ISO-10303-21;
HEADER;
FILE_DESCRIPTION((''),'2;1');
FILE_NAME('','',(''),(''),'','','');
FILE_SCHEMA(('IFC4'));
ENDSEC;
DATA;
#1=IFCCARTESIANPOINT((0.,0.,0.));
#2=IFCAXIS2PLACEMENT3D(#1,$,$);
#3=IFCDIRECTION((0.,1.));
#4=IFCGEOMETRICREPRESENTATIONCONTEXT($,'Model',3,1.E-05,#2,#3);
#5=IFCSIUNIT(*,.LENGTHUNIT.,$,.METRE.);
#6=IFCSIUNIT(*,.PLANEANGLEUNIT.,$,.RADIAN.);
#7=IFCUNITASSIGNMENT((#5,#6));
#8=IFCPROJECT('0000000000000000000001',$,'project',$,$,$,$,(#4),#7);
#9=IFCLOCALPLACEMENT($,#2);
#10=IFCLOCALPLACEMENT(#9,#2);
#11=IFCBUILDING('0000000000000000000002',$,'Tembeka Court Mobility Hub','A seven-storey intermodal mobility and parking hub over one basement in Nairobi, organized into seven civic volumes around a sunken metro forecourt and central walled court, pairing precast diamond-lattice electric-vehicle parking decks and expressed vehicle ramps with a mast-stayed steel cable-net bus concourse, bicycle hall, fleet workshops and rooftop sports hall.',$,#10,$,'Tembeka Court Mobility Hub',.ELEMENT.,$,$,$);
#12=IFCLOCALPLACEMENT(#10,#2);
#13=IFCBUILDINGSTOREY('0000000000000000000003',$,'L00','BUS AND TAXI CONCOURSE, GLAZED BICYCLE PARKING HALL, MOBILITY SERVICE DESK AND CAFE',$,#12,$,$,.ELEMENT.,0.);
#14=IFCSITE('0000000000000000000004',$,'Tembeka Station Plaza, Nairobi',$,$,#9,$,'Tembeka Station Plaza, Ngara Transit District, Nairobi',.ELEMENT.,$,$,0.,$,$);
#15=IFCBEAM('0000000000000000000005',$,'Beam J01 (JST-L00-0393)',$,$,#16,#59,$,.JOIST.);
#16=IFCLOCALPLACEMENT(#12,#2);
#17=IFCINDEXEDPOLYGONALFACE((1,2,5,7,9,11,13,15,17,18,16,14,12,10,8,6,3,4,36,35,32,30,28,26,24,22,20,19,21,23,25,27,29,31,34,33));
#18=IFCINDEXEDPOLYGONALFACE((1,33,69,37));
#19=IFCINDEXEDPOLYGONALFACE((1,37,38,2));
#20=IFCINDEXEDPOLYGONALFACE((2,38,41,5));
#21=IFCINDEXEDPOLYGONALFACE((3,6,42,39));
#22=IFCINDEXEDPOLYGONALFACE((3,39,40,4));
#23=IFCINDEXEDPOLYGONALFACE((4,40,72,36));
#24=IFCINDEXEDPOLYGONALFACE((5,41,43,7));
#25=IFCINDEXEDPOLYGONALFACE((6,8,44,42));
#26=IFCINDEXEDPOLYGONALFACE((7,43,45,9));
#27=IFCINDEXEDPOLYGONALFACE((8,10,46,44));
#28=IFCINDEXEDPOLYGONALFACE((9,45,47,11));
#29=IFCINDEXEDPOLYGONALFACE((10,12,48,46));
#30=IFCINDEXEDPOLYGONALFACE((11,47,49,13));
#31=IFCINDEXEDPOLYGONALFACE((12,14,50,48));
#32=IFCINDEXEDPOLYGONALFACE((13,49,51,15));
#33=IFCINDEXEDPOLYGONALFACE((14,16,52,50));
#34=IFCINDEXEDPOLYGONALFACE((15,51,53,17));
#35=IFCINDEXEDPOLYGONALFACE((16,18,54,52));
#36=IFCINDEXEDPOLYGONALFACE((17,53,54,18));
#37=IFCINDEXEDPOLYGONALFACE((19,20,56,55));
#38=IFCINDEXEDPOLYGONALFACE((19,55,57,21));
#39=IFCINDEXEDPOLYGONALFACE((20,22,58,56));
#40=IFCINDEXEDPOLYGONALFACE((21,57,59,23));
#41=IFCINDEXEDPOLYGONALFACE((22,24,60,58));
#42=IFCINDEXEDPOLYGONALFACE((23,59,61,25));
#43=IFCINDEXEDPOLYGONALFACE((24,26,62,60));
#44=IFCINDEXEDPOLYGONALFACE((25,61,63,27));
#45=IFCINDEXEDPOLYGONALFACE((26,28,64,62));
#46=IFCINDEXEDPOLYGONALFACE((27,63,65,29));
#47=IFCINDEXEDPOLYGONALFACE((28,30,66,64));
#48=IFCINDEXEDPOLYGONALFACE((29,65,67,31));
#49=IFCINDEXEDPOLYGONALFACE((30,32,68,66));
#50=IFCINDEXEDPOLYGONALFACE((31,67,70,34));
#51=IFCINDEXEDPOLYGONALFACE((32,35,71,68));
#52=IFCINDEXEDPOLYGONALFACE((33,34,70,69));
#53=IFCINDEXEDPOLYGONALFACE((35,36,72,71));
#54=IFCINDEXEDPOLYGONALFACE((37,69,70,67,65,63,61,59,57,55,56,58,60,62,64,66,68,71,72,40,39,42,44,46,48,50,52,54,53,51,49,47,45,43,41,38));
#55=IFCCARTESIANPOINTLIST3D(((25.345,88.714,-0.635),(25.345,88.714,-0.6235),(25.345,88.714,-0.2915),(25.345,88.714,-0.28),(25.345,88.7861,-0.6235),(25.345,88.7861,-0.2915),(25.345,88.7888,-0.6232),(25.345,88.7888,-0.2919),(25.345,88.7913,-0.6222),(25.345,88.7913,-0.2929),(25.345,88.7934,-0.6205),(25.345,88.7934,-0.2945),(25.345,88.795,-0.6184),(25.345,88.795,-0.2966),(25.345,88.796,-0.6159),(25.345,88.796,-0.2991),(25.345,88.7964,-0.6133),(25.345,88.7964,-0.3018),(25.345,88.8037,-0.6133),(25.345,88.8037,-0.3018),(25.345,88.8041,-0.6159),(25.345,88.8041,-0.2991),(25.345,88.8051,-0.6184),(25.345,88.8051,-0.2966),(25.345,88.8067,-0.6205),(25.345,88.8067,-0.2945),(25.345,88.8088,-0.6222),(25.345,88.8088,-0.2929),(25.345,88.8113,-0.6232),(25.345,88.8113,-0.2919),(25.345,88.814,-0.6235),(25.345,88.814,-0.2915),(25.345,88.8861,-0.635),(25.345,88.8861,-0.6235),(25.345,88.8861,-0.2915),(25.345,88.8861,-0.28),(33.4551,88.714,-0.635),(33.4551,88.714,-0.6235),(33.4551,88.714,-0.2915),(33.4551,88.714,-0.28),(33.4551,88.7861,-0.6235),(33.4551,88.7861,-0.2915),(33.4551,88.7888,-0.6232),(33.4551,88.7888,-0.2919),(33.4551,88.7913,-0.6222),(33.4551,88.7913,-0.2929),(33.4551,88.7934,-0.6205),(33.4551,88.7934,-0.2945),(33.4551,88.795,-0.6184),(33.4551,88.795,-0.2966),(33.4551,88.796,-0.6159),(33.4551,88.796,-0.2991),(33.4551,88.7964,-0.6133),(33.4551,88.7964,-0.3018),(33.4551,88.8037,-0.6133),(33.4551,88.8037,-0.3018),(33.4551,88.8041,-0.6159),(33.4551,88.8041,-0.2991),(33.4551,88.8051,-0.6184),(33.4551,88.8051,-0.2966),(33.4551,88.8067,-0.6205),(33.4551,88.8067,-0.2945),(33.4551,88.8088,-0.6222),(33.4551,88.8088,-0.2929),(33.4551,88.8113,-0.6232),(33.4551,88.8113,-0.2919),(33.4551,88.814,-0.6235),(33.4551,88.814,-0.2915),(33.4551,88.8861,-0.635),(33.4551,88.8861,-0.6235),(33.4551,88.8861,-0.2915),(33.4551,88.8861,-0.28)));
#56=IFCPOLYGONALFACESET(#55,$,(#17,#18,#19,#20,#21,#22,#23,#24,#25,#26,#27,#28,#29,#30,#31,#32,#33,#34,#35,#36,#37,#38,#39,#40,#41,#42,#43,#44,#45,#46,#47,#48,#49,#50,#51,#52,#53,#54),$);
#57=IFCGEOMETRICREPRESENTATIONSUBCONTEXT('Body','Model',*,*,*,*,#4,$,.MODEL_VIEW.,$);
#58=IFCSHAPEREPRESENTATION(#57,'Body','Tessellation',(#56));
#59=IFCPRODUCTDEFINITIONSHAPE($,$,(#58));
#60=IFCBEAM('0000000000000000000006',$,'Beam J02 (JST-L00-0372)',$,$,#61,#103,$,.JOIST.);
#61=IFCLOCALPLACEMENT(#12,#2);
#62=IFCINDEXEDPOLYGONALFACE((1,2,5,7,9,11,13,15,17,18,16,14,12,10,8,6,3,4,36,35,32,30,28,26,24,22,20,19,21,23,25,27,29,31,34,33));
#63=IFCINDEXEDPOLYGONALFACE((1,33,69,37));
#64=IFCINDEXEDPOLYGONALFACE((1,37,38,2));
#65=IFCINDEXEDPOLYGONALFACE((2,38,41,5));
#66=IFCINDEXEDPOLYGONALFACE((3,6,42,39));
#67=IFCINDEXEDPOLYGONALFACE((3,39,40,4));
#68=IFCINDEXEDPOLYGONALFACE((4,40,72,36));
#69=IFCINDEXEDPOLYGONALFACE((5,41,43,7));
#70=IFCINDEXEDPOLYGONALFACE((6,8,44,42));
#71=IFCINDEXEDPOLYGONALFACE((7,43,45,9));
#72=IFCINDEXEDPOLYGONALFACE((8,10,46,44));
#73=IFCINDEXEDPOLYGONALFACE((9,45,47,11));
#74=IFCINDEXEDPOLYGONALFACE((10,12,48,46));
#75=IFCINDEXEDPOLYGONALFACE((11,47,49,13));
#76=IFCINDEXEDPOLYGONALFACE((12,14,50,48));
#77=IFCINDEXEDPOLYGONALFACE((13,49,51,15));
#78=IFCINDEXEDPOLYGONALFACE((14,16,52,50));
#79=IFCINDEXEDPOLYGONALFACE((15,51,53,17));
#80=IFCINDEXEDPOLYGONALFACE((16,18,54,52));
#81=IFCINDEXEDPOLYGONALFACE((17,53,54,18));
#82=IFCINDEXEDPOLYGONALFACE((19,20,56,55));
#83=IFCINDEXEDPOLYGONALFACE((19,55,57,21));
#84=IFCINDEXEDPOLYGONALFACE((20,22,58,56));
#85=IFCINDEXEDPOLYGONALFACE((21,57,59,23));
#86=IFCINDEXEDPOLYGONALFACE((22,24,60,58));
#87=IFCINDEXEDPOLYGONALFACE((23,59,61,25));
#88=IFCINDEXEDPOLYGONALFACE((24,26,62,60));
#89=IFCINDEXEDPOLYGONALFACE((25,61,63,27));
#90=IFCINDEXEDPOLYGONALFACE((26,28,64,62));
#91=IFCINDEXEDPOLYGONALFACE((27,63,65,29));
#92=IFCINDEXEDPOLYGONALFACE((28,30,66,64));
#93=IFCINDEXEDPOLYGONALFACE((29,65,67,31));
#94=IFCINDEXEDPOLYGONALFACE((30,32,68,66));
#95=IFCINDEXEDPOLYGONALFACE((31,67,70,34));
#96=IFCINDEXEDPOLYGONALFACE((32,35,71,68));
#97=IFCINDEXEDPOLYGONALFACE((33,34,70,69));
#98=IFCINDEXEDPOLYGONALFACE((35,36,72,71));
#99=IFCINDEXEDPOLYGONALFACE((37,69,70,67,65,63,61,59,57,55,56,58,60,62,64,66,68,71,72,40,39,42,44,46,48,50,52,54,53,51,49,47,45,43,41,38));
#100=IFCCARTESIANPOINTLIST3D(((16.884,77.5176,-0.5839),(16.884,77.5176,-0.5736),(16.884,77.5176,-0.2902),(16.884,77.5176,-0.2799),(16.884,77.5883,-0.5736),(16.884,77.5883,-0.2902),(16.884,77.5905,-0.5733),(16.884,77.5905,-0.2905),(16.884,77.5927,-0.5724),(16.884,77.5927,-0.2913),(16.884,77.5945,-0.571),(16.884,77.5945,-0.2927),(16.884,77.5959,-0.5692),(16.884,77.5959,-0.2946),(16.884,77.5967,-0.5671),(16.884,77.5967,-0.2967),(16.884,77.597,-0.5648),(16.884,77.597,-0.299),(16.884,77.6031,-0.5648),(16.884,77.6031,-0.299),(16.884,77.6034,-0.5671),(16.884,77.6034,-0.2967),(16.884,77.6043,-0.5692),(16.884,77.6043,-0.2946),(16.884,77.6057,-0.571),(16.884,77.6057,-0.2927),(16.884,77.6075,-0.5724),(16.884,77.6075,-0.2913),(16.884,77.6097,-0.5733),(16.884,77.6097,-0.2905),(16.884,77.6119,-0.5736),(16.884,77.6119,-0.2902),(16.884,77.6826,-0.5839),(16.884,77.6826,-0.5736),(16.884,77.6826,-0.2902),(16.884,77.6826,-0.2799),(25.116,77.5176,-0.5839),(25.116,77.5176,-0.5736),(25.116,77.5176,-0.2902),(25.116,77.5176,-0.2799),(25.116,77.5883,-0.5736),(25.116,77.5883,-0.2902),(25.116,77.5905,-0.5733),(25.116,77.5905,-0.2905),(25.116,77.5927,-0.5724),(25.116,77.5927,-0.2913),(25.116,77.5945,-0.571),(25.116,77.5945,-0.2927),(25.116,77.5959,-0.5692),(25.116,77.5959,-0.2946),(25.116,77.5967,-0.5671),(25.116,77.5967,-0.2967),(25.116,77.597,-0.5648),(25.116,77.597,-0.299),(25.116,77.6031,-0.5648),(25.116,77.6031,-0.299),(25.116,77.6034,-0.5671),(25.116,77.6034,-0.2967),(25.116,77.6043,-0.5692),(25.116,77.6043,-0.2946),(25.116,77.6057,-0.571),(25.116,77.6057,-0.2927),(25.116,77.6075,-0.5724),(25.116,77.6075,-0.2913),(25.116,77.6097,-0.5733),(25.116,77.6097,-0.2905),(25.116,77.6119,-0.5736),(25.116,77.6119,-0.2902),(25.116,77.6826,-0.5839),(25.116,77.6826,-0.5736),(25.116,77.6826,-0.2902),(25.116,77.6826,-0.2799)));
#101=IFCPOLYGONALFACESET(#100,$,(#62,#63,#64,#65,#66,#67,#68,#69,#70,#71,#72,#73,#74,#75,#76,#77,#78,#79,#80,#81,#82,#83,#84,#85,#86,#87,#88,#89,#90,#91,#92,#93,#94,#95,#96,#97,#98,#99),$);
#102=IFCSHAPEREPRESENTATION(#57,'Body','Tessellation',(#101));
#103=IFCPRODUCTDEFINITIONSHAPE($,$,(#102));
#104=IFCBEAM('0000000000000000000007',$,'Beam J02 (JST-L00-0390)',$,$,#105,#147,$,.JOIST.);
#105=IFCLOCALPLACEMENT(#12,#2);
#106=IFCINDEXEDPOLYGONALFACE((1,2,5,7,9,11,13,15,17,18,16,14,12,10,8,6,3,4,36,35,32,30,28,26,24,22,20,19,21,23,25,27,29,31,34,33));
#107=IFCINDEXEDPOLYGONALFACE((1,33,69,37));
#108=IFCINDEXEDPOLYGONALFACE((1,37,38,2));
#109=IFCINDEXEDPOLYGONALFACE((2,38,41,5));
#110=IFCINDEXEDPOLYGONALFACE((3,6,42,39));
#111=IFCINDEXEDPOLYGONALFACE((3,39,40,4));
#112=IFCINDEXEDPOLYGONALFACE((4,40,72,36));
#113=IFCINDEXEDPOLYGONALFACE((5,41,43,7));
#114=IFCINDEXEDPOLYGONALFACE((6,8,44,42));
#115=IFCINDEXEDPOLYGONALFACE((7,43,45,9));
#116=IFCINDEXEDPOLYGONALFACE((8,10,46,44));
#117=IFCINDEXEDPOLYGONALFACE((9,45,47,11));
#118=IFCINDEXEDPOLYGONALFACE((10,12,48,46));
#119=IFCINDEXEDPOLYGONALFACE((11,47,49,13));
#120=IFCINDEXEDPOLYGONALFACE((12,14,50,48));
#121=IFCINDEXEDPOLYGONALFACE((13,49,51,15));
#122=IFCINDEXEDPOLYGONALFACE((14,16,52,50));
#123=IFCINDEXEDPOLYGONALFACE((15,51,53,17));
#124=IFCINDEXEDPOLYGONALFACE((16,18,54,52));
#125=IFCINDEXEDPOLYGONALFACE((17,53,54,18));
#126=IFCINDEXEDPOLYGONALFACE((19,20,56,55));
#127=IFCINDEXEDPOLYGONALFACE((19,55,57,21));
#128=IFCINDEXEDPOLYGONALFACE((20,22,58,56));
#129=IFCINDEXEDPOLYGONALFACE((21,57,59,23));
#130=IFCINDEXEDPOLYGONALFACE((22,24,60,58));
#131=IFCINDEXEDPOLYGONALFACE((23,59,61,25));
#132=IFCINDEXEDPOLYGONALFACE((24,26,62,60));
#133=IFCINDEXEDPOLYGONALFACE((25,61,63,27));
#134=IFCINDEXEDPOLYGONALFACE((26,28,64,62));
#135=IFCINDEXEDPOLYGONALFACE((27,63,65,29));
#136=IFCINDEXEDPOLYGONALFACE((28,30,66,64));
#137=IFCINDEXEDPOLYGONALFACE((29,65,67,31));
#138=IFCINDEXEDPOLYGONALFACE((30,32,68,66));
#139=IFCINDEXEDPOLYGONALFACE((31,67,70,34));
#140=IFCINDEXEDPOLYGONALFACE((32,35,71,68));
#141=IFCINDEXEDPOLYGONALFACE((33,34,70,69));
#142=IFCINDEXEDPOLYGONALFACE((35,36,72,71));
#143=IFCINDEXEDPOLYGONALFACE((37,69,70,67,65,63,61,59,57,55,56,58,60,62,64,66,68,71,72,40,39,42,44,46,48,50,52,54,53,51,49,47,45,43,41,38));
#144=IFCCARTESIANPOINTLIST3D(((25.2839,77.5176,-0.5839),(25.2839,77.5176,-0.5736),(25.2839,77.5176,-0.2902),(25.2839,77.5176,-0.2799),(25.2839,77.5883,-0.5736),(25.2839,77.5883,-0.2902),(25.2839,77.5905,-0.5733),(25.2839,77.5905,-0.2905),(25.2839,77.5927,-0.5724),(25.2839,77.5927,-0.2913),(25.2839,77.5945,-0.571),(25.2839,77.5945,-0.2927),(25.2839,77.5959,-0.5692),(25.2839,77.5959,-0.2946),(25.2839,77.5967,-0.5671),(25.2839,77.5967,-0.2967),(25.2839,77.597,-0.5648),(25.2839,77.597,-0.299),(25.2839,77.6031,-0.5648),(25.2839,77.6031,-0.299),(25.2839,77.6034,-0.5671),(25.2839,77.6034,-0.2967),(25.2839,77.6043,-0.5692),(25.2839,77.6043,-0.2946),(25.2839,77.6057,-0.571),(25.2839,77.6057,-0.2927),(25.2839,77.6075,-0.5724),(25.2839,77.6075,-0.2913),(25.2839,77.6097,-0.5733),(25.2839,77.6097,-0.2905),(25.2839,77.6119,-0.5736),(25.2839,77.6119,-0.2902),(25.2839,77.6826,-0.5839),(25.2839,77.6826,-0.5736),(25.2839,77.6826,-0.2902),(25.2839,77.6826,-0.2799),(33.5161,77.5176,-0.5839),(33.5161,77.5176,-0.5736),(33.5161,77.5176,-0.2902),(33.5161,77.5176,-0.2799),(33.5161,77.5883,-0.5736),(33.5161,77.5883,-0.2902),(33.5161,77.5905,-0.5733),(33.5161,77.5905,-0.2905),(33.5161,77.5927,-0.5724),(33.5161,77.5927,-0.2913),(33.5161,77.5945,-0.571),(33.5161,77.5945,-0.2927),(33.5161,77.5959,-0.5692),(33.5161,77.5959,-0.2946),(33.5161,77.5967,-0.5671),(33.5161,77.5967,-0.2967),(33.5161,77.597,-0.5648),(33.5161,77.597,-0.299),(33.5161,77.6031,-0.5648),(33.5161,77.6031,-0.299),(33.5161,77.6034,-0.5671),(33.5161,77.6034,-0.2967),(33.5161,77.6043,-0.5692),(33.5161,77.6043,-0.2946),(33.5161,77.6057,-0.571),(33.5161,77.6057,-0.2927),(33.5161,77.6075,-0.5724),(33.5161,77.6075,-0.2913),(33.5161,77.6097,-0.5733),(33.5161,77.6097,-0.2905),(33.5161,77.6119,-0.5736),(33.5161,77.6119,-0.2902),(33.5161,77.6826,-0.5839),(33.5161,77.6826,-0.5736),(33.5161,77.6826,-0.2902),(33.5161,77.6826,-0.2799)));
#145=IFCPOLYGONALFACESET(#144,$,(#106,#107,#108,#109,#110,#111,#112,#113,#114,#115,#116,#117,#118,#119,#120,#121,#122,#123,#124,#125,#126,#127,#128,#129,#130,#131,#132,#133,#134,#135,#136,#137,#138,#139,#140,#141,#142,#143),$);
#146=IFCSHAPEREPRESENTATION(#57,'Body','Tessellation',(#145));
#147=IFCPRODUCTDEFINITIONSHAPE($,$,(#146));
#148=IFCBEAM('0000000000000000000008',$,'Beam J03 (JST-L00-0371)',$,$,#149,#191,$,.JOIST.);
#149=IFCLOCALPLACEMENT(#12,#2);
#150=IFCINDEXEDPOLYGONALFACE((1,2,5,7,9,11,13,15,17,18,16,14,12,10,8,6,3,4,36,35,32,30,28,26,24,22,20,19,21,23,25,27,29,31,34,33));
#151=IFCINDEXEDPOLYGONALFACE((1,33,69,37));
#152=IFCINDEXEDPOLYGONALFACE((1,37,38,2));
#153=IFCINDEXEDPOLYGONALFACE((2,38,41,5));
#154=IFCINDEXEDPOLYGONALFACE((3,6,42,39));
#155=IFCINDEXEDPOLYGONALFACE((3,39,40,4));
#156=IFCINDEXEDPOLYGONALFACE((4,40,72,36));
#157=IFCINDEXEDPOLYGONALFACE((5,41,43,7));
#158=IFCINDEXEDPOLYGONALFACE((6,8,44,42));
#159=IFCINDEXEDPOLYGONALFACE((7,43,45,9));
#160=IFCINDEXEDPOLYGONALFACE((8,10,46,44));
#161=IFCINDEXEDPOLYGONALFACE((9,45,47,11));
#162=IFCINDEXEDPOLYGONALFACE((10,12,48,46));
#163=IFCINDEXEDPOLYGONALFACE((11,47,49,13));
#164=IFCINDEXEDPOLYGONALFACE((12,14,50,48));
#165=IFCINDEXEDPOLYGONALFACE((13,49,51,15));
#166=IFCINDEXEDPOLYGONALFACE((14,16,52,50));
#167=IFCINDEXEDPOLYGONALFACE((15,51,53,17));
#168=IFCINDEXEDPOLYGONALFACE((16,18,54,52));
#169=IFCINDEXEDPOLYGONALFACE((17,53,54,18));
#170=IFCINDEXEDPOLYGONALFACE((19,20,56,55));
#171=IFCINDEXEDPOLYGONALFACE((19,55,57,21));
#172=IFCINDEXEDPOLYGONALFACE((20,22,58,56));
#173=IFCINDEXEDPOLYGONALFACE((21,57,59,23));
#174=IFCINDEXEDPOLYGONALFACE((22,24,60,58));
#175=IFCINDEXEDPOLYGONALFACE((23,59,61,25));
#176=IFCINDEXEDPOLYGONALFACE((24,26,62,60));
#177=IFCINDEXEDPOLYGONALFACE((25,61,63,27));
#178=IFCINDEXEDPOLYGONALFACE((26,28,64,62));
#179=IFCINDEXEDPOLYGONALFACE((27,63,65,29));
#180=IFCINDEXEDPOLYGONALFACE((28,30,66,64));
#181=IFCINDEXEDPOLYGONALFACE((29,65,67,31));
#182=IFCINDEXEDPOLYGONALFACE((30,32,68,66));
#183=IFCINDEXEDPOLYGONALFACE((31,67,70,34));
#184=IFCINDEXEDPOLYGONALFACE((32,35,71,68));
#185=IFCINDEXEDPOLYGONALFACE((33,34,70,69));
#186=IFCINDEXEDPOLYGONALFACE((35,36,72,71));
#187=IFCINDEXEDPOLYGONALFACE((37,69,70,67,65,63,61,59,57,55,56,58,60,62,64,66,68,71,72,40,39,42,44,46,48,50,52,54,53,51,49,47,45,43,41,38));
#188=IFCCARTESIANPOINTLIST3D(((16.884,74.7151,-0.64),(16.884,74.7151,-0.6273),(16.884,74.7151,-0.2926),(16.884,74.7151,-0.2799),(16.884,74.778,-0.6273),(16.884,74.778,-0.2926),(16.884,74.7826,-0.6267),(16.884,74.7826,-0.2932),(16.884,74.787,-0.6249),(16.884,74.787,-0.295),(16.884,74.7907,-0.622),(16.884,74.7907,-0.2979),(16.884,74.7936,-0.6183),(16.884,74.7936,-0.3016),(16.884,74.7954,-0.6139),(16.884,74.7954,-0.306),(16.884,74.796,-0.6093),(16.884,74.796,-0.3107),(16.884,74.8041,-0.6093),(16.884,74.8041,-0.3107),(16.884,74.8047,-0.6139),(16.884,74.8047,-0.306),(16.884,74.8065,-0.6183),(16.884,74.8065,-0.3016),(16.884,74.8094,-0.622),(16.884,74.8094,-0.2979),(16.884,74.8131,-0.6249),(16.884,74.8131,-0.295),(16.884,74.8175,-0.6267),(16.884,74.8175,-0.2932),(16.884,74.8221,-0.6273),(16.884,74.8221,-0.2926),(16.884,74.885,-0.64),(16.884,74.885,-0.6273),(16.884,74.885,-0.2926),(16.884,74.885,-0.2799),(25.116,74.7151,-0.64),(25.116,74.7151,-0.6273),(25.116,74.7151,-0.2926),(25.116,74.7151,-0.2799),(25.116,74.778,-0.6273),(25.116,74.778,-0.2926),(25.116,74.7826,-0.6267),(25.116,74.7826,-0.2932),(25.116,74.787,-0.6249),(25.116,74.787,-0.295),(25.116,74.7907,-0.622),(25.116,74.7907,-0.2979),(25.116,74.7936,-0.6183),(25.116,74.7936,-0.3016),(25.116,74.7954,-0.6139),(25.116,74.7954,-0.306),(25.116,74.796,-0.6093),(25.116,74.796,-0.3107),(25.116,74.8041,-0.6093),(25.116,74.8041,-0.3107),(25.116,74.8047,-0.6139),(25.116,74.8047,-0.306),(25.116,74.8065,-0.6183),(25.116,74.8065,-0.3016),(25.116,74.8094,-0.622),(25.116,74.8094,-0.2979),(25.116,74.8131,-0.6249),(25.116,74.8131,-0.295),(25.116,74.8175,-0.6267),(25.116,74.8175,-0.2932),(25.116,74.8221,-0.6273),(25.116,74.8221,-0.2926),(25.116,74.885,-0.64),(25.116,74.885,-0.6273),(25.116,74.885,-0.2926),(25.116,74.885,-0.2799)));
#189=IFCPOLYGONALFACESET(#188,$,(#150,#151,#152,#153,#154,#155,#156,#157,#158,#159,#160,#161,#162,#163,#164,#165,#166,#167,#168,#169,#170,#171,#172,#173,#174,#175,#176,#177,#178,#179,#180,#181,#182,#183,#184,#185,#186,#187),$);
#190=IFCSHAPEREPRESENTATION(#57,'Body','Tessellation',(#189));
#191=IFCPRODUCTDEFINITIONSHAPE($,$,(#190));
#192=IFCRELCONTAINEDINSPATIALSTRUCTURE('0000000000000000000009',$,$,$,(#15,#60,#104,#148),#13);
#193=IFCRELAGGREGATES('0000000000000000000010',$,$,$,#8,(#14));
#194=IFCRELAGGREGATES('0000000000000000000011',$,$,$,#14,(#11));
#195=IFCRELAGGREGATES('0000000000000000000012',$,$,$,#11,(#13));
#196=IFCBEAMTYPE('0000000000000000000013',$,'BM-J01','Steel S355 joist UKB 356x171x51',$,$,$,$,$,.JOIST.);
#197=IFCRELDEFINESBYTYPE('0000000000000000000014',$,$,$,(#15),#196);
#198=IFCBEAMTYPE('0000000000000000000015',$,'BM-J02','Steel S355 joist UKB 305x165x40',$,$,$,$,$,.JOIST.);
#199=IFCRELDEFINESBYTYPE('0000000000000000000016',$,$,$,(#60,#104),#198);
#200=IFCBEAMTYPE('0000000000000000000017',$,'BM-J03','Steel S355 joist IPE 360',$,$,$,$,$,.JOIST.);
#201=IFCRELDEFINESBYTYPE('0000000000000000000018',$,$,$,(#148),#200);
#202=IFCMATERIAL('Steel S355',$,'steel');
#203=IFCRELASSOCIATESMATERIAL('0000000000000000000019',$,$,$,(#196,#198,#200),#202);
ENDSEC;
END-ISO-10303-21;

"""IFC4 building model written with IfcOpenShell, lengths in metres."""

from ifc_helpers import new_model, si_unit, direction, frame, origin, origin_2d, place, context, subcontext, project, spatial, i_section, extrude, material, material_profile, profile_set, type_object, element, save


model = new_model("IFC4")

# Units and contexts
model_context = context("Model", 3, precision=1e-05, world=origin(), true_north=direction((0.0, 1.0)))
body_context = subcontext(model_context, "Body", "Model", "MODEL_VIEW")
ifc_project = project(units=[si_unit("LENGTHUNIT", "METRE"), si_unit("PLANEANGLEUNIT", "RADIAN")], contexts=[model_context])

# Site, building, storey
site_placement = place(None, origin())
site = spatial("IfcSite", under=ifc_project, at=site_placement, Name="Tembeka Station Plaza, Nairobi", LongName="Tembeka Station Plaza, Ngara Transit District, Nairobi", CompositionType="ELEMENT", RefElevation=0.0)
building_placement = place(site_placement, origin())
building = spatial("IfcBuilding", under=site, at=building_placement, Name="Tembeka Court Mobility Hub", Description="A seven-storey intermodal mobility and parking hub over one basement in Nairobi, organized into seven civic volumes around a sunken metro forecourt and central walled court, pairing precast diamond-lattice electric-vehicle parking decks and expressed vehicle ramps with a mast-stayed steel cable-net bus concourse, bicycle hall, fleet workshops and rooftop sports hall.", LongName="Tembeka Court Mobility Hub", CompositionType="ELEMENT")
storey_placement = place(building_placement, origin())
storey = spatial("IfcBuildingStorey", under=building, at=storey_placement, Name="L00", Description="BUS AND TAXI CONCOURSE, GLAZED BICYCLE PARKING HALL, MOBILITY SERVICE DESK AND CAFE", CompositionType="ELEMENT", Elevation=0.0)

# Shared definitions
ifc_material = material(Name="Steel S355", Category="steel")

# Beams
ifc_material_profile_1 = material_profile(ifc_material, i_section(OverallWidth=0.1721, OverallDepth=0.355, WebThickness=0.0073, FlangeThickness=0.0115, FilletRadius=0.0103, at=origin_2d()), Name="UKB 356x171x51")
ifc_profile_set_1 = profile_set([ifc_material_profile_1], Name="Steel S355")
beam_type_1 = type_object("IfcBeamType", Name="BM-J01", Description="Steel S355 joist UKB 356x171x51", PredefinedType="JOIST", material=ifc_profile_set_1)
for number, where, z_axis, x_axis, name in (
    (1, (25.345, 88.8, -0.4575), (1.0, 0.0, 0.0), (0.0, 1.0, 0.0), "Beam J01 (JST-L00-0393)"),
):
    element("IfcBeam", number, at=place(storey_placement, frame(where, z_axis=z_axis, x_axis=x_axis)), inside=storey, type_object=beam_type_1, Name=name, PredefinedType="JOIST", context=body_context, shape_type="SweptSolid", body=[
        extrude(i_section(OverallWidth=0.1721, OverallDepth=0.355, WebThickness=0.0073, FlangeThickness=0.0115, FilletRadius=0.0103, at=origin_2d()), origin(), (0.0, 0.0, 1.0), 8.1101),
    ])
ifc_material_profile_2 = material_profile(ifc_material, i_section(OverallWidth=0.165, OverallDepth=0.304, WebThickness=0.0061, FlangeThickness=0.0103, FilletRadius=0.0088, at=origin_2d()), Name="UKB 305x165x40")
ifc_profile_set_2 = profile_set([ifc_material_profile_2], Name="Steel S355")
beam_type_2 = type_object("IfcBeamType", Name="BM-J02", Description="Steel S355 joist UKB 305x165x40", PredefinedType="JOIST", material=ifc_profile_set_2)
beam_1_placement = place(storey_placement, frame((16.884, 77.6001, -0.4319), z_axis=(1.0, 0.0, 0.0), x_axis=(0.0, 1.0, 0.0)))
element("IfcBeam", 2, at=beam_1_placement, inside=storey, type_object=beam_type_2, Name="Beam J02 (JST-L00-0372)", PredefinedType="JOIST", context=body_context, shape_type="SweptSolid", body=[
    extrude(i_section(OverallWidth=0.165, OverallDepth=0.304, WebThickness=0.0061, FlangeThickness=0.0103, FilletRadius=0.0088, at=origin_2d()), origin(), (0.0, 0.0, 1.0), 8.2319),
])
beam_2_placement = place(storey_placement, frame((25.2839, 77.6001, -0.4319), z_axis=(1.0, 0.0, 0.0), x_axis=(0.0, 1.0, 0.0)))
element("IfcBeam", 3, at=beam_2_placement, inside=storey, type_object=beam_type_2, Name="Beam J02 (JST-L00-0390)", PredefinedType="JOIST", context=body_context, shape_type="SweptSolid", body=[
    extrude(i_section(OverallWidth=0.165, OverallDepth=0.304, WebThickness=0.0061, FlangeThickness=0.0103, FilletRadius=0.0088, at=origin_2d()), origin(), (0.0, 0.0, 1.0), 8.2322),
])
ifc_material_profile_3 = material_profile(ifc_material, i_section(OverallWidth=0.1699, OverallDepth=0.3601, WebThickness=0.0081, FlangeThickness=0.0127, FilletRadius=0.0181, at=origin_2d()), Name="IPE 360")
ifc_profile_set_3 = profile_set([ifc_material_profile_3], Name="Steel S355")
beam_type_3 = type_object("IfcBeamType", Name="BM-J03", Description="Steel S355 joist IPE 360", PredefinedType="JOIST", material=ifc_profile_set_3)
beam_3_placement = place(storey_placement, frame((16.884, 74.8, -0.46), z_axis=(1.0, 0.0, 0.0), x_axis=(0.0, 1.0, 0.0)))
element("IfcBeam", 4, at=beam_3_placement, inside=storey, type_object=beam_type_3, Name="Beam J03 (JST-L00-0371)", PredefinedType="JOIST", context=body_context, shape_type="SweptSolid", body=[
    extrude(i_section(OverallWidth=0.1699, OverallDepth=0.3601, WebThickness=0.0081, FlangeThickness=0.0127, FilletRadius=0.0181, at=origin_2d()), origin(), (0.0, 0.0, 1.0), 8.2319),
])

save(model, "model.ifc")
